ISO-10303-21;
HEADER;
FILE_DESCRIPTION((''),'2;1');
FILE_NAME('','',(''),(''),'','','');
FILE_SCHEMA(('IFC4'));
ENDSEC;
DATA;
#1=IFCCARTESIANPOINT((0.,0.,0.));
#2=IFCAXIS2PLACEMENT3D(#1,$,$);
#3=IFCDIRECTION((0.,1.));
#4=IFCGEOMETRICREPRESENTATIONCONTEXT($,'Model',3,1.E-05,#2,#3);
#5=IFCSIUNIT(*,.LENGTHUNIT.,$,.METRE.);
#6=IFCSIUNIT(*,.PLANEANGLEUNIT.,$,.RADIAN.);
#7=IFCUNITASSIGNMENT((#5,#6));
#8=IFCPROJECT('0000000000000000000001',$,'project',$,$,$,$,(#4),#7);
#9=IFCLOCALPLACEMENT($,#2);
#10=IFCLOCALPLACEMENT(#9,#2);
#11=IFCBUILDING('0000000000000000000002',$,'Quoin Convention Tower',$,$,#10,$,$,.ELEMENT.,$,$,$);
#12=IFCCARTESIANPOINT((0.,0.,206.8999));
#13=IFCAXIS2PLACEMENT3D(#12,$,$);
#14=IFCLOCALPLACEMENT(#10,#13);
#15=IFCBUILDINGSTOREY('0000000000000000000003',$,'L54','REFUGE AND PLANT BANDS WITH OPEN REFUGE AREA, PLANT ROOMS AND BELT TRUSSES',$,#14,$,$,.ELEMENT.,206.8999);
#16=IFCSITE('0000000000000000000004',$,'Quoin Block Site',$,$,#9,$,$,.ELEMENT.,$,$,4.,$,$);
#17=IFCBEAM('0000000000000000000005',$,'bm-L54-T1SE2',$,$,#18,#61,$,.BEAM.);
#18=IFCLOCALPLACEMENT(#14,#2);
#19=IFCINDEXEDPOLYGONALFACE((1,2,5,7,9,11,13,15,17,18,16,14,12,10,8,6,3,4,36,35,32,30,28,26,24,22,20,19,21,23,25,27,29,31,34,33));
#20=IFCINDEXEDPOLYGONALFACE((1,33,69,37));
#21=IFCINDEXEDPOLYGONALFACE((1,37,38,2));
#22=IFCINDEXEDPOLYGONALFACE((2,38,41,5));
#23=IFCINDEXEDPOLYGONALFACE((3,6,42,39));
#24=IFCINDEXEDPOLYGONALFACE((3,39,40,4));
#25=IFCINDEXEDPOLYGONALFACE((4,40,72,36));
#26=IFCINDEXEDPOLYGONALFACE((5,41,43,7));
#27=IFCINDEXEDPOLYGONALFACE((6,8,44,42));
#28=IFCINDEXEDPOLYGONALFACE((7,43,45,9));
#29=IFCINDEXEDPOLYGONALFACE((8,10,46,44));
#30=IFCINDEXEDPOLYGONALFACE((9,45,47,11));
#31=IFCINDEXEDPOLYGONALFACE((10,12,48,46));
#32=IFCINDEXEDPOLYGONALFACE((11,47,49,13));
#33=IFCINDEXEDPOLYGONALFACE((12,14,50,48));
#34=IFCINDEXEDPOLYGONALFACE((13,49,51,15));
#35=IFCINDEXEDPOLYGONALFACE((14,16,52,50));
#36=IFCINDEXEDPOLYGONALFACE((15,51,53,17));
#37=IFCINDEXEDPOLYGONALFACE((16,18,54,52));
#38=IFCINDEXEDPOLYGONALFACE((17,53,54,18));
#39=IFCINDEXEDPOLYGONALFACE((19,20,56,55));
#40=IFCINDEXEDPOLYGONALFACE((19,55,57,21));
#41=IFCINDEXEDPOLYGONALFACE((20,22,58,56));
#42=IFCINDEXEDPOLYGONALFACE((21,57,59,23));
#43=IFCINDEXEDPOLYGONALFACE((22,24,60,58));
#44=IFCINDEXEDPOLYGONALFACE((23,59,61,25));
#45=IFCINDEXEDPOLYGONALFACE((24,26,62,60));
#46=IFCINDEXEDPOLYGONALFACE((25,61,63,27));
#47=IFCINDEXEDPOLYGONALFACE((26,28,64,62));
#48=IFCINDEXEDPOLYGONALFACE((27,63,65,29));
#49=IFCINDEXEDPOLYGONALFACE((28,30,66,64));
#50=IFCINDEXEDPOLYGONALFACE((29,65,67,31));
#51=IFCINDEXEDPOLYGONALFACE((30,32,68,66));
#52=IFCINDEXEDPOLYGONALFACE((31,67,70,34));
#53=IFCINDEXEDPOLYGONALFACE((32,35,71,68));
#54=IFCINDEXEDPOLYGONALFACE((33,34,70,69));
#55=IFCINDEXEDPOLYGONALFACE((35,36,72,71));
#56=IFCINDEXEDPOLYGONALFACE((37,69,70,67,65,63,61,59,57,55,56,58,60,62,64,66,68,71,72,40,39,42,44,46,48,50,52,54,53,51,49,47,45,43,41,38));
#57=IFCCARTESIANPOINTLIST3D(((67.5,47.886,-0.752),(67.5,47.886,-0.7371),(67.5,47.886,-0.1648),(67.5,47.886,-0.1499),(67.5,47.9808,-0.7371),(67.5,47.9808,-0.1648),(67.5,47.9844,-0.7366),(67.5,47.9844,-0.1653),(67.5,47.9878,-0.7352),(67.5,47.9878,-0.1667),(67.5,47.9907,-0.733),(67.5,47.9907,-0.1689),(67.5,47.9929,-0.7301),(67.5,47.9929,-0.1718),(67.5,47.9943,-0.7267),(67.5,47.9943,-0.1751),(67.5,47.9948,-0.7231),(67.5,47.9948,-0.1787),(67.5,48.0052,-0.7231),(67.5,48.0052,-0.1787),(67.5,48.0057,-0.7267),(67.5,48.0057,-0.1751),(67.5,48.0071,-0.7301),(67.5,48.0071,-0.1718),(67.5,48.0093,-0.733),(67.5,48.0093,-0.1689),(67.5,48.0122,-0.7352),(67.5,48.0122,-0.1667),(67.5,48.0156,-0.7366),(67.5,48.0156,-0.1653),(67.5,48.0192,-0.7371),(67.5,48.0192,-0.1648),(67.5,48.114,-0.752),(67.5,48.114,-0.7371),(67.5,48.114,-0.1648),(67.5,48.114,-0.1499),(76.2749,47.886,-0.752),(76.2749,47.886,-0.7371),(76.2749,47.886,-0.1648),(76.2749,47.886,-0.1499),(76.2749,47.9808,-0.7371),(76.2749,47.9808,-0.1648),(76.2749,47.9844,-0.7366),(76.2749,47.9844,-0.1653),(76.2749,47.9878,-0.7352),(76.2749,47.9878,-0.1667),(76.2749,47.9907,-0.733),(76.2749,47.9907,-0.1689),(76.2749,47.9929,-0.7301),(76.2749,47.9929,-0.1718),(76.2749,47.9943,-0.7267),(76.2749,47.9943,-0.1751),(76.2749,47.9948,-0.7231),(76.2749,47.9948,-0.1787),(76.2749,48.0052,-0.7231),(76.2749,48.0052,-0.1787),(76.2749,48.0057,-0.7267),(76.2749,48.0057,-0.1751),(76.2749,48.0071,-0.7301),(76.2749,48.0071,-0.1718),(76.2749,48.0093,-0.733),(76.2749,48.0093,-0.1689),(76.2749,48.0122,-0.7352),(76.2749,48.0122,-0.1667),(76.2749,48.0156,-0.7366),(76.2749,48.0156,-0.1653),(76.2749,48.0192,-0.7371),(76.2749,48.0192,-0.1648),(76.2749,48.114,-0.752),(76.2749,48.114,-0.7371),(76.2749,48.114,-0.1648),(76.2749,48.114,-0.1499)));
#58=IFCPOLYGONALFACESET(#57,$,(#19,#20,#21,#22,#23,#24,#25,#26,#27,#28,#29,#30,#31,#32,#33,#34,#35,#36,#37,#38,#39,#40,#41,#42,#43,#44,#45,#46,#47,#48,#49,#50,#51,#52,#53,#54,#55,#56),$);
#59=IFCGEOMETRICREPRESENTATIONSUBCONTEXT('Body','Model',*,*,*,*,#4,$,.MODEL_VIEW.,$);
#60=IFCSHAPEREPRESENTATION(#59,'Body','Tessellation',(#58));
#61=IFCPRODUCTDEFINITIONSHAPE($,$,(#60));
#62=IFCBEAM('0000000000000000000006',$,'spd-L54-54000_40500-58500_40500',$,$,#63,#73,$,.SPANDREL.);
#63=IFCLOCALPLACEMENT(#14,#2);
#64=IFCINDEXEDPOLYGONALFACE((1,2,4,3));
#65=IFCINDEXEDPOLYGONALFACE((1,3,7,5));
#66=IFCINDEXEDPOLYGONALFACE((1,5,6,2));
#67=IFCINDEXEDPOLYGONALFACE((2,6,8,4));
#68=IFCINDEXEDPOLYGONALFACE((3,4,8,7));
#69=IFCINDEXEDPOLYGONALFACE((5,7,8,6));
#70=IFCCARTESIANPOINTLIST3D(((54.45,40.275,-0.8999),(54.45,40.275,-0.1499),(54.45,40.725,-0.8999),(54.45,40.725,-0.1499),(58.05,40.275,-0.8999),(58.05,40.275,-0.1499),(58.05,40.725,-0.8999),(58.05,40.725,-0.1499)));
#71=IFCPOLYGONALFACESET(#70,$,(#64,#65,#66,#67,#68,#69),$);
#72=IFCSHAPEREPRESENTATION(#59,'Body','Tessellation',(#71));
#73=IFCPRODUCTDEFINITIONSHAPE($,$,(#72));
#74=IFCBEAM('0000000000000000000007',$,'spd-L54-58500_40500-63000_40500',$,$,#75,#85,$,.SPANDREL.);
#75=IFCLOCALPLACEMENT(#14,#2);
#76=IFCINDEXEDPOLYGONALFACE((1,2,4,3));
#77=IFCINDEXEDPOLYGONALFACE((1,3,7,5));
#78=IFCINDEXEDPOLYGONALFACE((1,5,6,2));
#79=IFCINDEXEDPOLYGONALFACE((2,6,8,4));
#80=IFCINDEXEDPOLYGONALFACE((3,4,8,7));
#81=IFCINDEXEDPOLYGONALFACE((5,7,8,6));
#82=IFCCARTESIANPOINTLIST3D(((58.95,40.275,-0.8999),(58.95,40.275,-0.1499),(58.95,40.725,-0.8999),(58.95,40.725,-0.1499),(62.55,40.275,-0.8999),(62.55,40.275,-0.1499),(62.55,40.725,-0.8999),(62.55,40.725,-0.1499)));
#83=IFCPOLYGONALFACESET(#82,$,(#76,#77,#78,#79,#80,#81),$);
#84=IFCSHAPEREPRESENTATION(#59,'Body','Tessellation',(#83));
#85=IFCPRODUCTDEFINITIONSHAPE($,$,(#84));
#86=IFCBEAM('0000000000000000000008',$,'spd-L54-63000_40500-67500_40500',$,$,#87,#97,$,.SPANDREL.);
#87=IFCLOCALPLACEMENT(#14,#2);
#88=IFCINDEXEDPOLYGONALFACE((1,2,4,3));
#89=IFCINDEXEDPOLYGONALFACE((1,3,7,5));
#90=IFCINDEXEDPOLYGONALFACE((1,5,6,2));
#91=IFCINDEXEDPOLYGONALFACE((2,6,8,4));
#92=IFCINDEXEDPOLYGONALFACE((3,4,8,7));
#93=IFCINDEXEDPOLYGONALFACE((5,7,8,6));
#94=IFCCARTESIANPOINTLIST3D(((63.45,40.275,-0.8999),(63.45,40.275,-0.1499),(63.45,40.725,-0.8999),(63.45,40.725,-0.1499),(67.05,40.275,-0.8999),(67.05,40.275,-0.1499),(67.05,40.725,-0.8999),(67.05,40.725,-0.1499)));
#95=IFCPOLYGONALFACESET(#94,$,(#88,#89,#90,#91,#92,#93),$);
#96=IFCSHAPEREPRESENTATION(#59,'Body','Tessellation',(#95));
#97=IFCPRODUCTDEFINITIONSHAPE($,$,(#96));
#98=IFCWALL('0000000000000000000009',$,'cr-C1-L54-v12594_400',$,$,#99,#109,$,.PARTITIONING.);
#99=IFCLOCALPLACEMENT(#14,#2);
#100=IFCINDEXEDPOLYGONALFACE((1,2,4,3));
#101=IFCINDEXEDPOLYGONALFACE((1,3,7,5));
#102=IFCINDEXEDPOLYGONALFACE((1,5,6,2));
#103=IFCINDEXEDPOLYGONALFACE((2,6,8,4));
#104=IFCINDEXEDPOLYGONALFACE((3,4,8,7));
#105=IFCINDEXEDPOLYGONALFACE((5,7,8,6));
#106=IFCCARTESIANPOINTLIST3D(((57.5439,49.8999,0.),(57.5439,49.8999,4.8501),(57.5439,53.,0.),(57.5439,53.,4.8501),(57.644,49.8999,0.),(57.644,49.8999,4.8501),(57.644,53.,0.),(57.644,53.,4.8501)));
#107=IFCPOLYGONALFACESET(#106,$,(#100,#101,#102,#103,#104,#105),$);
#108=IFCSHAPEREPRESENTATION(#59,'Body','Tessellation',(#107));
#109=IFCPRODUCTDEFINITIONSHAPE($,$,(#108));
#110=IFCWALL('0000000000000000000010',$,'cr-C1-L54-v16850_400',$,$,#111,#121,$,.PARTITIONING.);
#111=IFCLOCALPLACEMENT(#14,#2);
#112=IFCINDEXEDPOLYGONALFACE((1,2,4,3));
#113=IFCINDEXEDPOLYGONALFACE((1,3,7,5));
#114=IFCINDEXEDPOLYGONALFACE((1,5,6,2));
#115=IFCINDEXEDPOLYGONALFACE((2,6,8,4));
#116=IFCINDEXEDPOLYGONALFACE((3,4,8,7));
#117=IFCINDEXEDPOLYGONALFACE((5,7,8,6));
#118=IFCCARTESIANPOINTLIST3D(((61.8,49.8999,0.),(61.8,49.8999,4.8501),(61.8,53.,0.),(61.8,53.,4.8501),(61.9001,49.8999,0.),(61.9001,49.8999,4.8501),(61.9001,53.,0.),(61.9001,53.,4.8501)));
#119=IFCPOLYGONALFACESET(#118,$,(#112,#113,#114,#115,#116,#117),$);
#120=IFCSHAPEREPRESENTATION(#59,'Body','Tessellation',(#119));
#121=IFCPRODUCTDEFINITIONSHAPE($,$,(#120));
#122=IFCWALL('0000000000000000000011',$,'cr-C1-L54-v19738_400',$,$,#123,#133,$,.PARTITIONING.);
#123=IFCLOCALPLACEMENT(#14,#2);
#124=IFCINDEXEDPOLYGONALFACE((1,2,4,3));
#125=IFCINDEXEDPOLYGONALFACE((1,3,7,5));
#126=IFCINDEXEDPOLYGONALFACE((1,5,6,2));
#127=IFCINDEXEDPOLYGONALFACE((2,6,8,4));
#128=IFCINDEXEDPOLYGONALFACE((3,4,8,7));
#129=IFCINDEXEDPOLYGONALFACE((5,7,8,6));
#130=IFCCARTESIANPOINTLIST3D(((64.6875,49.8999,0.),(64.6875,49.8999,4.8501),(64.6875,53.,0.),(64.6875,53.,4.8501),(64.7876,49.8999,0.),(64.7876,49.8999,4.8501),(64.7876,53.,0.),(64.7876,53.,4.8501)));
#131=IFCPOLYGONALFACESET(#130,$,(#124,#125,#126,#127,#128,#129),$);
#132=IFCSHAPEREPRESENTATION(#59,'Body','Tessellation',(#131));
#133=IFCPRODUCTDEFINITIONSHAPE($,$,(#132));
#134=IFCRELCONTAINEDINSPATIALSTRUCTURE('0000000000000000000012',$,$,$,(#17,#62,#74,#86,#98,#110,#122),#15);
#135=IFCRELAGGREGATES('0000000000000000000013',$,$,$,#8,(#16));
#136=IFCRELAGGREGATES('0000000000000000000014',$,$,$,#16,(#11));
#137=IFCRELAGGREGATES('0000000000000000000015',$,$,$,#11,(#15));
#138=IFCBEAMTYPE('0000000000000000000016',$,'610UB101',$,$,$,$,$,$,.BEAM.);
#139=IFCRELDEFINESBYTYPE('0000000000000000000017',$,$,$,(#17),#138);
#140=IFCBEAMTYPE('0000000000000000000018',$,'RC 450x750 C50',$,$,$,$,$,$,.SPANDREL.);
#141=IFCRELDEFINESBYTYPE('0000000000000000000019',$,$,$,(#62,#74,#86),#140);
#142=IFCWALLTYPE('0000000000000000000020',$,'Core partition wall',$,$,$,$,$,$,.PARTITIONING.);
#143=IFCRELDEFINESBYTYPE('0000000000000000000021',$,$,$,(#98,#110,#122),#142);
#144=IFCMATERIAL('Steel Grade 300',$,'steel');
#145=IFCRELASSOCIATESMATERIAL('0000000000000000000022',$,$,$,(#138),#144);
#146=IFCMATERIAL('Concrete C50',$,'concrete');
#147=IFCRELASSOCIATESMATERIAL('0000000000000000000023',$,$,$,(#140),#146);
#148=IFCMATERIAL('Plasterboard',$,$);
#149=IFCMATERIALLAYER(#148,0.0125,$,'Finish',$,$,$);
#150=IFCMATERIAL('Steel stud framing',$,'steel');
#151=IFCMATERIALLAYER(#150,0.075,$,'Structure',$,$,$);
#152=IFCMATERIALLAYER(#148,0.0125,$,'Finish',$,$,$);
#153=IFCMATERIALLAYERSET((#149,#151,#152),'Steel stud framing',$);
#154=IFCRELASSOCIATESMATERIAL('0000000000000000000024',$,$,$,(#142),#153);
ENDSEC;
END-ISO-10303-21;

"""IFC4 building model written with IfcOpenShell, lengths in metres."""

from ifc_helpers import new_model, si_unit, direction, frame, frame_2d, origin, origin_2d, place, context, subcontext, project, spatial, rectangle, i_section, extrude, material, layer, layer_set, material_profile, profile_set, type_object, element, save


model = new_model("IFC4")

# Units and contexts
model_context = context("Model", 3, precision=1e-05, world=origin(), true_north=direction((0.0, 1.0)))
body_context = subcontext(model_context, "Body", "Model", "MODEL_VIEW")
ifc_project = project(units=[si_unit("LENGTHUNIT", "METRE"), si_unit("PLANEANGLEUNIT", "RADIAN")], contexts=[model_context])

# Site, building, storey
site_placement = place(None, origin())
site = spatial("IfcSite", under=ifc_project, at=site_placement, Name="Quoin Block Site", CompositionType="ELEMENT", RefElevation=4.0)
building_placement = place(site_placement, origin())
building = spatial("IfcBuilding", under=site, at=building_placement, Name="Quoin Convention Tower", CompositionType="ELEMENT")
storey_placement = place(building_placement, frame((0.0, 0.0, 206.8999)))
storey = spatial("IfcBuildingStorey", under=building, at=storey_placement, Name="L54", Description="REFUGE AND PLANT BANDS WITH OPEN REFUGE AREA, PLANT ROOMS AND BELT TRUSSES", CompositionType="ELEMENT", Elevation=206.8999)

# Shared definitions
ifc_material_1 = material(Name="Concrete C50", Category="concrete")

# Shared definitions
ifc_material_2 = material(Name="Steel Grade 300", Category="steel")

# Beams
ifc_material_profile_1 = material_profile(ifc_material_2, i_section(OverallWidth=0.228, OverallDepth=0.6021, WebThickness=0.0105, FlangeThickness=0.0149, FilletRadius=0.0139, at=origin_2d()), Name="610UB101")
ifc_profile_set_1 = profile_set([ifc_material_profile_1], Name="Steel Grade 300")
beam_type_1 = type_object("IfcBeamType", Name="610UB101", PredefinedType="BEAM", material=ifc_profile_set_1)
beam_1_placement = place(storey_placement, frame((67.5, 48.0, -0.4509), z_axis=(1.0, 0.0, 0.0), x_axis=(0.0, 1.0, 0.0)))
element("IfcBeam", 1, at=beam_1_placement, inside=storey, type_object=beam_type_1, Name="bm-L54-T1SE2", PredefinedType="BEAM", context=body_context, shape_type="SweptSolid", body=[
    extrude(i_section(OverallWidth=0.228, OverallDepth=0.6021, WebThickness=0.0105, FlangeThickness=0.0149, FilletRadius=0.0139, at=origin_2d()), origin(), (0.0, 0.0, 1.0), 8.7749),
])
ifc_material_profile_2 = material_profile(ifc_material_1, rectangle(XDim=0.45, YDim=0.75, at=origin_2d()), Name="RC 450x750")
ifc_profile_set_2 = profile_set([ifc_material_profile_2], Name="Concrete C50")
beam_type_2 = type_object("IfcBeamType", Name="RC 450x750 C50", PredefinedType="SPANDREL", material=ifc_profile_set_2)
for number, where, z_axis, x_axis, name in (
    (2, (54.45, 40.5, -0.5249), (1.0, 0.0, 0.0), (0.0, 1.0, 0.0), "spd-L54-54000_40500-58500_40500"),
    (3, (58.95, 40.5, -0.5249), (1.0, 0.0, 0.0), (0.0, 1.0, 0.0), "spd-L54-58500_40500-63000_40500"),
    (4, (63.45, 40.5, -0.5249), (1.0, 0.0, 0.0), (0.0, 1.0, 0.0), "spd-L54-63000_40500-67500_40500"),
):
    element("IfcBeam", number, at=place(storey_placement, frame(where, z_axis=z_axis, x_axis=x_axis)), inside=storey, type_object=beam_type_2, Name=name, PredefinedType="SPANDREL", context=body_context, shape_type="SweptSolid", body=[
        extrude(rectangle(XDim=0.45, YDim=0.75, at=origin_2d()), origin(), (0.0, 0.0, 1.0), 3.6001),
    ])

# Walls
ifc_material_3 = material(Name="Plasterboard")
ifc_layer_1 = layer(ifc_material_3, 0.0125, Name="Finish")
ifc_material_4 = material(Name="Steel stud framing", Category="steel")
ifc_layer_2 = layer(ifc_material_4, 0.075, Name="Structure")
ifc_layer_3 = layer(ifc_material_3, 0.0125, Name="Finish")
ifc_layer_set_1 = layer_set([ifc_layer_1, ifc_layer_2, ifc_layer_3], Name="Steel stud framing")
wall_type_1 = type_object("IfcWallType", Name="Core partition wall", PredefinedType="PARTITIONING", material=ifc_layer_set_1)
for number, where, z_axis, x_axis, name in (
    (5, (57.594, 49.8999, 0.0), (0.0, 0.0, 1.0), (0.0, 1.0, 0.0), "cr-C1-L54-v12594_400"),
    (6, (61.8501, 49.8999, 0.0), (0.0, 0.0, 1.0), (0.0, 1.0, 0.0), "cr-C1-L54-v16850_400"),
    (7, (64.7375, 49.8999, 0.0), (0.0, 0.0, 1.0), (0.0, 1.0, 0.0), "cr-C1-L54-v19738_400"),
):
    element("IfcWall", number, at=place(storey_placement, frame(where, z_axis=z_axis, x_axis=x_axis)), inside=storey, type_object=wall_type_1, Name=name, PredefinedType="PARTITIONING", context=body_context, shape_type="SweptSolid", body=[
        extrude(rectangle(XDim=3.1001, YDim=0.1001, at=frame_2d((1.55, 0.0))), origin(), (0.0, 0.0, 1.0), 4.8501),
    ])

save(model, "model.ifc")
